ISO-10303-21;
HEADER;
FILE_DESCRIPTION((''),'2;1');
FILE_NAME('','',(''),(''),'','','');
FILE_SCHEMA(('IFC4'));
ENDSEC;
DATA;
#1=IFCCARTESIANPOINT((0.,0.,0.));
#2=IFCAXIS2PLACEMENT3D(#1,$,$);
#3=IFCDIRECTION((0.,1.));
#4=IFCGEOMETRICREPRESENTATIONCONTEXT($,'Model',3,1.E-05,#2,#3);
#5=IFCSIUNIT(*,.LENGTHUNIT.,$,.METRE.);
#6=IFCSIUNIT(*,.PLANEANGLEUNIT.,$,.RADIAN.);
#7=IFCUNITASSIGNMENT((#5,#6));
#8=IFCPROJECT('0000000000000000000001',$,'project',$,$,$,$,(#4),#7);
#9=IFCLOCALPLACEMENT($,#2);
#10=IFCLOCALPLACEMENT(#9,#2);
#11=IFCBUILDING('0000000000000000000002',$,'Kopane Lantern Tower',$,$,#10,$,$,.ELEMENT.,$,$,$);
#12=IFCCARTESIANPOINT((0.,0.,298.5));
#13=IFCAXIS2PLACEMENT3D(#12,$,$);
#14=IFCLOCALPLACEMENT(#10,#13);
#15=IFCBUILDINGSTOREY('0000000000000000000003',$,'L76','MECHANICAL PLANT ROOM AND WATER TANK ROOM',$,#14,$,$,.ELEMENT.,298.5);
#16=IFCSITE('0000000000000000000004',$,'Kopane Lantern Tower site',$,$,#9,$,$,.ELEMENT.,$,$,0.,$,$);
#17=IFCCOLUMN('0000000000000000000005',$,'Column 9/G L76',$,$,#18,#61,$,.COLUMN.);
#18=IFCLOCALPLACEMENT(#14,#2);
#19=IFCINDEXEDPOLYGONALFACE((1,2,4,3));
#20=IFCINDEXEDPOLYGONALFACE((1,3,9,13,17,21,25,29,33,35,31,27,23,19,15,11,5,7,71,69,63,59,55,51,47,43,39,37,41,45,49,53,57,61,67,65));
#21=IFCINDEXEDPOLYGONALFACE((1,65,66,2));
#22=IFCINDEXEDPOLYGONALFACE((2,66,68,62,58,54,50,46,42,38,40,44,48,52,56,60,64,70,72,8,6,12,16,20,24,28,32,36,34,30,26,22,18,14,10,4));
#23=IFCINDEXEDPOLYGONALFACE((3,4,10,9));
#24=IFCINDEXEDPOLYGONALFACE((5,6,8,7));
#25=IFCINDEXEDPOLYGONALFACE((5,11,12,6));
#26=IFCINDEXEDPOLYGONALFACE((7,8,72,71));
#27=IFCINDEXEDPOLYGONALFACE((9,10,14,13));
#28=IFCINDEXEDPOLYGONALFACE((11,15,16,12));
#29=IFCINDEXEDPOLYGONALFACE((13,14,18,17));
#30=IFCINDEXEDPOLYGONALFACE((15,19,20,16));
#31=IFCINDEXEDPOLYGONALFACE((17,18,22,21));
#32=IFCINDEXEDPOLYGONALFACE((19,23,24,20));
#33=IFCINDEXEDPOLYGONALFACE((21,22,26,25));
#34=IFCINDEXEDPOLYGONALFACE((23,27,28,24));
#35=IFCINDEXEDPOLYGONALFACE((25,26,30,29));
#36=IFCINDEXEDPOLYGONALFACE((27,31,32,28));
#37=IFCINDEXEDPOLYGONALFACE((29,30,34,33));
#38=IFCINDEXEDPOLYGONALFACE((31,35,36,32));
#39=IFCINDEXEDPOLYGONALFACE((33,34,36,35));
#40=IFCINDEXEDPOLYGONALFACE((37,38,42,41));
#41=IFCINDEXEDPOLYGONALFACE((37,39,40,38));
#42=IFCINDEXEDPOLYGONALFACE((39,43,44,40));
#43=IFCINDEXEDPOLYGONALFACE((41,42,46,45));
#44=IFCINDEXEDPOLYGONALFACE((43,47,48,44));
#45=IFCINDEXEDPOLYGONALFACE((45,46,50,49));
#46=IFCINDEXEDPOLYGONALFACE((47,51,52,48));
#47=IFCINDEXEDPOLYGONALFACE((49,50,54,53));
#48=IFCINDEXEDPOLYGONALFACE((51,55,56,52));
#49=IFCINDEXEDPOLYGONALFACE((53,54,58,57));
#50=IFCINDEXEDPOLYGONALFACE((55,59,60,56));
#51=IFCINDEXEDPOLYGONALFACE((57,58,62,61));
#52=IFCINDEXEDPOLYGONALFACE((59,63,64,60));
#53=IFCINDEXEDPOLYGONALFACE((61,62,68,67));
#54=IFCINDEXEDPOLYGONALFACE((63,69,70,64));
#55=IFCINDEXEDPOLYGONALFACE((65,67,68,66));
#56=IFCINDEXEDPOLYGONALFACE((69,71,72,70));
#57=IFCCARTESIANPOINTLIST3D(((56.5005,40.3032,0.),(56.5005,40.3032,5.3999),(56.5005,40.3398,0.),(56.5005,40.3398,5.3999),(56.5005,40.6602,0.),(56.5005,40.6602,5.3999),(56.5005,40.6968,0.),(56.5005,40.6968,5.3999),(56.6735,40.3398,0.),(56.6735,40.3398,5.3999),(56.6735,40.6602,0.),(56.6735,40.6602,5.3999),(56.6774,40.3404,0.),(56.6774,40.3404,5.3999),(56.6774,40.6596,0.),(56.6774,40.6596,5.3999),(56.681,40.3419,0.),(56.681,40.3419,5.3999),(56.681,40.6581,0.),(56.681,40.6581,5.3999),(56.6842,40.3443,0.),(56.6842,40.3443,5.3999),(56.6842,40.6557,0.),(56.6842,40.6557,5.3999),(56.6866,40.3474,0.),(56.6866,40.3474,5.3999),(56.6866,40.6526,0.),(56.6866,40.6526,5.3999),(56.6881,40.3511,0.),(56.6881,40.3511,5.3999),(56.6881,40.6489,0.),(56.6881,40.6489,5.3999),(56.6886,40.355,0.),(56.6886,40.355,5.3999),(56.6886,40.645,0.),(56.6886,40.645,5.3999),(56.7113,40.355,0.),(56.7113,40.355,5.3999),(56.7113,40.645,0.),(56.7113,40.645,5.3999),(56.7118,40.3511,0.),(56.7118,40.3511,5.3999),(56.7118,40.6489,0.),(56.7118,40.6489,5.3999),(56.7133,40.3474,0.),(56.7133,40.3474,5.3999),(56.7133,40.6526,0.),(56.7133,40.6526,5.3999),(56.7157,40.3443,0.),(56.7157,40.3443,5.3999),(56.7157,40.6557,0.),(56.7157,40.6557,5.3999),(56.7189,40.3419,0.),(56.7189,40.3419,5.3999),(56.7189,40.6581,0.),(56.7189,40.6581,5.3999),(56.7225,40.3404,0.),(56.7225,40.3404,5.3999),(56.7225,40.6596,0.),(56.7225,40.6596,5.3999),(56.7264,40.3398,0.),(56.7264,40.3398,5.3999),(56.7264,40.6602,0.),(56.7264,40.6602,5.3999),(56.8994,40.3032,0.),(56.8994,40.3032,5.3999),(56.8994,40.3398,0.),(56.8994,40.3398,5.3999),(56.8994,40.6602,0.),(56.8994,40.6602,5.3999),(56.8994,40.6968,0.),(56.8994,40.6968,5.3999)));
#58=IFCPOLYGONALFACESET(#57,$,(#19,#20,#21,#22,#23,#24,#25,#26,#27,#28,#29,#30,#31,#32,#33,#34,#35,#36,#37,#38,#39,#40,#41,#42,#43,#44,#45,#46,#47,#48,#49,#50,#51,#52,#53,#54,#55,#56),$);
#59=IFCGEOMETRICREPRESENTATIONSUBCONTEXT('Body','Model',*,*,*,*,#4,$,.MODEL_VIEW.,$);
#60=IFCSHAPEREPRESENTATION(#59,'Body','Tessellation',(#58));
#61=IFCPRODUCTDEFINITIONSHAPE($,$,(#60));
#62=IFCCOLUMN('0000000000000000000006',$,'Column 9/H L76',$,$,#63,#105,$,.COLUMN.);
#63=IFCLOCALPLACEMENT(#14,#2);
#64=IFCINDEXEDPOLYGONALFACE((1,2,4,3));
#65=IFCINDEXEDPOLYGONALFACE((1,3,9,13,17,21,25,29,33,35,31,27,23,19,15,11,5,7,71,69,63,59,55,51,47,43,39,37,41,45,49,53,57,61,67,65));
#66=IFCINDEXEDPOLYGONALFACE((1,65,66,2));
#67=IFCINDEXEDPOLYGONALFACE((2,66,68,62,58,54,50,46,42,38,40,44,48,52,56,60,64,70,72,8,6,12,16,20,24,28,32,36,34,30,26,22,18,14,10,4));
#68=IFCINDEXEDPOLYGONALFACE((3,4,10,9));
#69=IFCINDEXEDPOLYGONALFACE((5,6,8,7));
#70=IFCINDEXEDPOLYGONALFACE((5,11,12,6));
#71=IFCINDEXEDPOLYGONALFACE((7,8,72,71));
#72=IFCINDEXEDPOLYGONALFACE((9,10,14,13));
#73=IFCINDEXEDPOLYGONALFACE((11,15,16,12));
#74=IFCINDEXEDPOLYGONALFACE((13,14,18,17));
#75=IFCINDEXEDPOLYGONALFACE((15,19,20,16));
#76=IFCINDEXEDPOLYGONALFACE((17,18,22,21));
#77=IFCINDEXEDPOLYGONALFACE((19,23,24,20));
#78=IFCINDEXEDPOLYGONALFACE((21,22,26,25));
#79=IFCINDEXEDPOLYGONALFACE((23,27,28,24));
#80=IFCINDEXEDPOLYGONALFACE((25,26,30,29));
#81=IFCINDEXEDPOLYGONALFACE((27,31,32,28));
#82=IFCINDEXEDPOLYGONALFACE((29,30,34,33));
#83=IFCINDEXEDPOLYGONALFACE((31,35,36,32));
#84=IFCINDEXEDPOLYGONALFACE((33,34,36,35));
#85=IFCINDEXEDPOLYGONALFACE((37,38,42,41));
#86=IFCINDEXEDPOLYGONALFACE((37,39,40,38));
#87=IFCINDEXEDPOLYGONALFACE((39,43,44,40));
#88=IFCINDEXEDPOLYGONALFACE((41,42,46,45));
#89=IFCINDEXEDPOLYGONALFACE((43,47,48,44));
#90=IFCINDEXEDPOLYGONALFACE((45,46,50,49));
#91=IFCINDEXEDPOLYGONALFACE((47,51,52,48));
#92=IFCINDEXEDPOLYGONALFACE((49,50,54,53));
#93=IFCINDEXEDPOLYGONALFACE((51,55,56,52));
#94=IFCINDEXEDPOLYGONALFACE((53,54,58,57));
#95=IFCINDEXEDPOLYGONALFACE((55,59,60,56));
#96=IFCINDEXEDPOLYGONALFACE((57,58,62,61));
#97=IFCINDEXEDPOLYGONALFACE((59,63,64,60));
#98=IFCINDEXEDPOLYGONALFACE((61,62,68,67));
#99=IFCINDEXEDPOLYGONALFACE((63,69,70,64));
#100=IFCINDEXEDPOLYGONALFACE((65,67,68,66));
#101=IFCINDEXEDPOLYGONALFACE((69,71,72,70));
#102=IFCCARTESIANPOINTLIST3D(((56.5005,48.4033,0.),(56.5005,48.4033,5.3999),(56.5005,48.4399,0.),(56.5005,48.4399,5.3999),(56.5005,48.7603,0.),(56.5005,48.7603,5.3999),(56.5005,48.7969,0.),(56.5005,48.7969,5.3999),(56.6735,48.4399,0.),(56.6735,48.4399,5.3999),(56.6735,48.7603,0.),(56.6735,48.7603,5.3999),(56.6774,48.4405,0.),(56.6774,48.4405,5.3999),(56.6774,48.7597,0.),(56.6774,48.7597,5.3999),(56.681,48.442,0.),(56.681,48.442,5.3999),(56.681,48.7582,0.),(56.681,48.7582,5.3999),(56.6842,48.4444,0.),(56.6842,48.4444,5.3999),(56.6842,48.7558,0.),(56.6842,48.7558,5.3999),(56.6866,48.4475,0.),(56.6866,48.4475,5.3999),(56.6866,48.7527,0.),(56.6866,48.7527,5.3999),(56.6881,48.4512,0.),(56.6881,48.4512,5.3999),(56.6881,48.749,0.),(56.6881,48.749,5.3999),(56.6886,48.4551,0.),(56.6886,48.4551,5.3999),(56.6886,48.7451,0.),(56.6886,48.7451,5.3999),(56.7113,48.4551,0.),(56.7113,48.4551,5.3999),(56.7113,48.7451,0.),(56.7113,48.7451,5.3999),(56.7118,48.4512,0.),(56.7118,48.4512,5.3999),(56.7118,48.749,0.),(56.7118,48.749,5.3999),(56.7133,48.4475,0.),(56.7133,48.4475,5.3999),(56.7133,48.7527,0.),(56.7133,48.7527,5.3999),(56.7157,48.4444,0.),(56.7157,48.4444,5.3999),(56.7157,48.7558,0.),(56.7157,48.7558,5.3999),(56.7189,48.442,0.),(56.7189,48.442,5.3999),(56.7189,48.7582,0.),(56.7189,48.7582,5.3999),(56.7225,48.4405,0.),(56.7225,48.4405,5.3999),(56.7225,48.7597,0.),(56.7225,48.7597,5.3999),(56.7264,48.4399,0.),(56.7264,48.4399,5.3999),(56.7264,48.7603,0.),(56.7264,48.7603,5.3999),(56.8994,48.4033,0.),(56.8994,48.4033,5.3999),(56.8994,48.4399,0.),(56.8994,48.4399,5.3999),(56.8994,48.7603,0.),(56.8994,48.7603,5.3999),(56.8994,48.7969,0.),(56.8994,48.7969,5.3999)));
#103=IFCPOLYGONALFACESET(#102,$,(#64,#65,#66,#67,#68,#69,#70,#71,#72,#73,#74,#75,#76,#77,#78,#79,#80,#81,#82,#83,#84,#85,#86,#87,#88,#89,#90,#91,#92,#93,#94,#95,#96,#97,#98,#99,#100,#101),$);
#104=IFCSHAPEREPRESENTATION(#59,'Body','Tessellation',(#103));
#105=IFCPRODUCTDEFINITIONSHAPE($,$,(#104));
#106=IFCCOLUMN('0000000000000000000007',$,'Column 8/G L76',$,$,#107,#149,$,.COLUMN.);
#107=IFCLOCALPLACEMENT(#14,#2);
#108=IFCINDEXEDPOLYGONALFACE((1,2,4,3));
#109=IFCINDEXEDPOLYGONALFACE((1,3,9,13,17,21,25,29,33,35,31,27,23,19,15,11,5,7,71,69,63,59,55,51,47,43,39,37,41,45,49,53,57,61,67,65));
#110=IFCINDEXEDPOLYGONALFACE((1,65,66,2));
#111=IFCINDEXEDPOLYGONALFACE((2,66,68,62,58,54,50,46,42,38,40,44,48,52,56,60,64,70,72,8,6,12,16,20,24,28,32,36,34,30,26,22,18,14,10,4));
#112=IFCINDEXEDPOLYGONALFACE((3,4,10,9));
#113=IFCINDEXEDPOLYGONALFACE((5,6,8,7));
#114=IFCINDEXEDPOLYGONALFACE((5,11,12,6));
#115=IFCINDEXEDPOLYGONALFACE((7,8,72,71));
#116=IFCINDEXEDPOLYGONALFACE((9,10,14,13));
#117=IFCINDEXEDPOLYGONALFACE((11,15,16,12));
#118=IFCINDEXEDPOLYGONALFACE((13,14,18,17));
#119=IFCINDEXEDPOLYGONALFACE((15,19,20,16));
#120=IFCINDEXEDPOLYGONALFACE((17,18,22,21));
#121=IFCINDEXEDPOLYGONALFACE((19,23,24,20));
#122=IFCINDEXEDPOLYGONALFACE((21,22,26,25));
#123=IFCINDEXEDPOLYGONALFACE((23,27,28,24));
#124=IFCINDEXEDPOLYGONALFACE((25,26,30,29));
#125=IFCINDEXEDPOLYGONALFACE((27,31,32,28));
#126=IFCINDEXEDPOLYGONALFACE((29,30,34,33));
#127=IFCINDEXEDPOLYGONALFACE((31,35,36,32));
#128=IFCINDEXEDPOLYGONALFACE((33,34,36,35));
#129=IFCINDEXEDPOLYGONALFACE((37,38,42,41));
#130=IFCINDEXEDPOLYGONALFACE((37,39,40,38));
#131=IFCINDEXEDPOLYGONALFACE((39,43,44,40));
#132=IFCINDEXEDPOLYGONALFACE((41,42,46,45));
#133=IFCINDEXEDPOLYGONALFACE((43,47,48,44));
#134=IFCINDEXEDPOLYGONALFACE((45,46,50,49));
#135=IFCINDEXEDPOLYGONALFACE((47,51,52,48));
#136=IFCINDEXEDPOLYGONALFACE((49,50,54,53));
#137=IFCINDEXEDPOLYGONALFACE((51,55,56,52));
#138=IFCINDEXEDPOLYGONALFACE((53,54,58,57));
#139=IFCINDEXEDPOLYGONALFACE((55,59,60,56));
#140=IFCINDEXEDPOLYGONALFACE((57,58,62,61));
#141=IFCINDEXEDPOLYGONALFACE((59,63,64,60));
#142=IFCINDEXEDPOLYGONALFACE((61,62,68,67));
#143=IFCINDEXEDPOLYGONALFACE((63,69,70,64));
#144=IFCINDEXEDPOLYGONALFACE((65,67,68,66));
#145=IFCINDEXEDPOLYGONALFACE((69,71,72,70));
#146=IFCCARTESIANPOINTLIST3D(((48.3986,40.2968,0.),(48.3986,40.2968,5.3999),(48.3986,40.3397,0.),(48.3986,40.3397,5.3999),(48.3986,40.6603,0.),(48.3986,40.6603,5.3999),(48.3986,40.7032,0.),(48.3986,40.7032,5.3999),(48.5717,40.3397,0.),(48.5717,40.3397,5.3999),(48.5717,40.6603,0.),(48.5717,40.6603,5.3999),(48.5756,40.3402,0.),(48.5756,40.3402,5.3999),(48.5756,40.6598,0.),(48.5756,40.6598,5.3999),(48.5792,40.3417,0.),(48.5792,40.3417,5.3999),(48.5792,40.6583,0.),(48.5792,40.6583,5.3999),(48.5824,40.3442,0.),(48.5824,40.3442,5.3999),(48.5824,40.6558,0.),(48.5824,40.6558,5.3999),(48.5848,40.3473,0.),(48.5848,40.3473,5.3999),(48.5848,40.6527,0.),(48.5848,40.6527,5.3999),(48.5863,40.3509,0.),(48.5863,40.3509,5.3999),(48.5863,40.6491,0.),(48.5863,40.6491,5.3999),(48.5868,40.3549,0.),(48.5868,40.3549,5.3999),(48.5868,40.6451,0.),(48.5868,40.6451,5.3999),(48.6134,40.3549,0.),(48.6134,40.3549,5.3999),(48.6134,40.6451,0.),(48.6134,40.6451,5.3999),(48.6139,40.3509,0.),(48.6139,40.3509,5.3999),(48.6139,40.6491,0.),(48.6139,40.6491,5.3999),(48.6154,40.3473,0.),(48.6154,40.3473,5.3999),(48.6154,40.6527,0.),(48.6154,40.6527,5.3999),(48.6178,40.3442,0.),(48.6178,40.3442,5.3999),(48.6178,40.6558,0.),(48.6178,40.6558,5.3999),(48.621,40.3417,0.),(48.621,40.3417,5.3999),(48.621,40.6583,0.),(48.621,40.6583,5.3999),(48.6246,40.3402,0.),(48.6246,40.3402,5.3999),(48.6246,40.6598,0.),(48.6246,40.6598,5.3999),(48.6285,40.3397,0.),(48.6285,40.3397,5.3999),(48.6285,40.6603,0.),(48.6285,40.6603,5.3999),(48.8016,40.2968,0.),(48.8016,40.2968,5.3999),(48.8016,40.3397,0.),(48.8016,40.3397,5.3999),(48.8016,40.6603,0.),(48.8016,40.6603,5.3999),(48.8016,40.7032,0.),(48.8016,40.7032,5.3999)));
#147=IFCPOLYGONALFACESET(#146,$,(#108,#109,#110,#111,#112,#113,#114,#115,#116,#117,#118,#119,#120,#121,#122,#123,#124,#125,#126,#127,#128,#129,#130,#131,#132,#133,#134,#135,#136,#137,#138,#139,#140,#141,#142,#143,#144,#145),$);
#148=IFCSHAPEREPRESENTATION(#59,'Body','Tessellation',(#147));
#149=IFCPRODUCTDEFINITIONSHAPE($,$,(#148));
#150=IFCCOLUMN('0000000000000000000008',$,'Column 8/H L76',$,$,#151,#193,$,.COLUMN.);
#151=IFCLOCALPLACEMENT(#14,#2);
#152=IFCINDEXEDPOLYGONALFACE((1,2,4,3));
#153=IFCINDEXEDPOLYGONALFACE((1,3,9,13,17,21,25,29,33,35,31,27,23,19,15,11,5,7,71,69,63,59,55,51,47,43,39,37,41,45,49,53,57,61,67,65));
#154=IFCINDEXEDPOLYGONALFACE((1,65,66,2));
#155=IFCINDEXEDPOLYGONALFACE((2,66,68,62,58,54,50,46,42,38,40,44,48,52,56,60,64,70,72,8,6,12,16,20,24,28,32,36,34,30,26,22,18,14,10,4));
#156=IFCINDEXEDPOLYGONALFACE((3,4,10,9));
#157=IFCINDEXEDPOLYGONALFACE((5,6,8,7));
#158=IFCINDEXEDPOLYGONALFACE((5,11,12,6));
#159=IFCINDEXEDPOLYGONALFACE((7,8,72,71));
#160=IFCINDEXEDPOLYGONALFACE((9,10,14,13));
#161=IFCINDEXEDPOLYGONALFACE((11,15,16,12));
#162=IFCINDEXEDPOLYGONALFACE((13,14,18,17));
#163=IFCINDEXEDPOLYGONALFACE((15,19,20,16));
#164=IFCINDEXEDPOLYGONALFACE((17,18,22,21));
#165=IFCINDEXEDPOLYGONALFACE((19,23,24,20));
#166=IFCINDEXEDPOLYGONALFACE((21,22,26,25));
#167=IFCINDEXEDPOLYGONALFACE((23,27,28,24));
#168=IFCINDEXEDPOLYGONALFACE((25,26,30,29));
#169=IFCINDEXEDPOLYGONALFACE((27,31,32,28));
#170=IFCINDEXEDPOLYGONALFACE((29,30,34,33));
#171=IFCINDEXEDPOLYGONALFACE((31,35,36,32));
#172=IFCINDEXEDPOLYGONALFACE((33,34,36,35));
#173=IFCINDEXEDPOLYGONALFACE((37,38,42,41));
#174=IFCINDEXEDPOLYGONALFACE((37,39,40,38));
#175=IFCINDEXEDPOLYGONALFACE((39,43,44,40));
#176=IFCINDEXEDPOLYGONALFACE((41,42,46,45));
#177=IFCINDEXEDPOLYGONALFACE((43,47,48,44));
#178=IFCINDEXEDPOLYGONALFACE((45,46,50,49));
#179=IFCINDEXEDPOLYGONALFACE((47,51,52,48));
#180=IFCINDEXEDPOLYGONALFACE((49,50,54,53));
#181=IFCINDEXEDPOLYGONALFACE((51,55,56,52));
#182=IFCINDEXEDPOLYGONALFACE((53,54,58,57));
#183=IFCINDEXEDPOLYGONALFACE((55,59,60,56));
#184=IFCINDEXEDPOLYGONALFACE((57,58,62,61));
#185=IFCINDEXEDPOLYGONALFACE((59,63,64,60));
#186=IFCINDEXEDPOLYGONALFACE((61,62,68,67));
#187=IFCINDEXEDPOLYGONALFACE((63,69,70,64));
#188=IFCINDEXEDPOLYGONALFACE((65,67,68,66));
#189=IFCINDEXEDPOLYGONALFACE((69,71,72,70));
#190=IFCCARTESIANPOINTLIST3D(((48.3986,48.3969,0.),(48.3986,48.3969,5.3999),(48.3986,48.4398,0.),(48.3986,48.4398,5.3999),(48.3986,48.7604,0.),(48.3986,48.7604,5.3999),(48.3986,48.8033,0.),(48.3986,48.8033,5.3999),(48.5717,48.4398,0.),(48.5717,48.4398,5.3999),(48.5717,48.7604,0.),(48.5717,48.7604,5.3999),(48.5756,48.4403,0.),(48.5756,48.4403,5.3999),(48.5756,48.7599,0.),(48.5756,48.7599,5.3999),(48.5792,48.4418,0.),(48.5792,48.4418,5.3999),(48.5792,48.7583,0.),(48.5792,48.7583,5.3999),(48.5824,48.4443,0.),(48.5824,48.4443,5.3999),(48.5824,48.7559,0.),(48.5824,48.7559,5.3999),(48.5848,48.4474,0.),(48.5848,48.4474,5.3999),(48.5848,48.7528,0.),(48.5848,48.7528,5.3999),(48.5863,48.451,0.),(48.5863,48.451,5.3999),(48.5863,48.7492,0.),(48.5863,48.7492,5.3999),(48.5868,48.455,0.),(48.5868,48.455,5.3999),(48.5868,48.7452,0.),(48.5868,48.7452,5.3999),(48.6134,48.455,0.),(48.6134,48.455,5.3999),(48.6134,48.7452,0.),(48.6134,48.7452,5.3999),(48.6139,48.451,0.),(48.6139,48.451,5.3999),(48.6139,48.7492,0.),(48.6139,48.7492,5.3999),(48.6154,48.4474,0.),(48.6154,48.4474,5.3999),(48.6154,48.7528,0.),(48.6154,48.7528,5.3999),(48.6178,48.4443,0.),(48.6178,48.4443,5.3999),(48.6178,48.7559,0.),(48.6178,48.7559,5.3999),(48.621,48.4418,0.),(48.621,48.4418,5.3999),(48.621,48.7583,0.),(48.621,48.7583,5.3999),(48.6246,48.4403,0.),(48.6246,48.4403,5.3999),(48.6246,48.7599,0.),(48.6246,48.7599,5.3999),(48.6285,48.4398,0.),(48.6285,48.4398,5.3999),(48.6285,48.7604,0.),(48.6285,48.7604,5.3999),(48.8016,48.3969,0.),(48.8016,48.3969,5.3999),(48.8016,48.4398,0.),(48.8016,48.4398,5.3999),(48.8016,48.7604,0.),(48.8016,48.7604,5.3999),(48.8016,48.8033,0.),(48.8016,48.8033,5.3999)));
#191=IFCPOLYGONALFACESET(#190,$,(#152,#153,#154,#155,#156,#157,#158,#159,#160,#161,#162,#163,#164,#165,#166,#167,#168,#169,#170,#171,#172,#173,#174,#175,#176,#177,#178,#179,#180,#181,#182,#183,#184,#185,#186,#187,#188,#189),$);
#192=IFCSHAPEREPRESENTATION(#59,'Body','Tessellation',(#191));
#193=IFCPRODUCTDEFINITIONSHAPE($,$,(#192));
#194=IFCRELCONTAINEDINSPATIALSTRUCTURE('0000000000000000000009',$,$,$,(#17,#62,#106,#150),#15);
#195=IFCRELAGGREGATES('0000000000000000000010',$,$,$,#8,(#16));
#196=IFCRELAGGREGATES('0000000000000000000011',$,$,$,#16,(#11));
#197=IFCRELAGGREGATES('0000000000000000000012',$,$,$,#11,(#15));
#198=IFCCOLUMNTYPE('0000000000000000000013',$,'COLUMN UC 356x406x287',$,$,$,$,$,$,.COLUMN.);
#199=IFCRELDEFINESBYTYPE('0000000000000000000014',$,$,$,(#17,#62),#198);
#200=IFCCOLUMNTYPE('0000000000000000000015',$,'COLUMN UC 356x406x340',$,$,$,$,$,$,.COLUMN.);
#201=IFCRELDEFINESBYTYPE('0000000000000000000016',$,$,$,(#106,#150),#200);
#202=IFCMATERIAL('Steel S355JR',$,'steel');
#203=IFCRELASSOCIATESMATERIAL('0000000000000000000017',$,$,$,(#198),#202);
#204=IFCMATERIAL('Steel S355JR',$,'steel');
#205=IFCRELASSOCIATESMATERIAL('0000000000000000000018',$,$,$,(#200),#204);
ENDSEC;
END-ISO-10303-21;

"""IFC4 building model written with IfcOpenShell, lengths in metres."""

from ifc_helpers import new_model, si_unit, direction, frame, origin, origin_2d, place, context, subcontext, project, spatial, i_section, extrude, material, material_profile, profile_set, type_object, element, save


model = new_model("IFC4")

# Units and contexts
model_context = context("Model", 3, precision=1e-05, world=origin(), true_north=direction((0.0, 1.0)))
body_context = subcontext(model_context, "Body", "Model", "MODEL_VIEW")
ifc_project = project(units=[si_unit("LENGTHUNIT", "METRE"), si_unit("PLANEANGLEUNIT", "RADIAN")], contexts=[model_context])

# Site, building, storey
site_placement = place(None, origin())
site = spatial("IfcSite", under=ifc_project, at=site_placement, Name="Kopane Lantern Tower site", CompositionType="ELEMENT", RefElevation=0.0)
building_placement = place(site_placement, origin())
building = spatial("IfcBuilding", under=site, at=building_placement, Name="Kopane Lantern Tower", CompositionType="ELEMENT")
storey_placement = place(building_placement, frame((0.0, 0.0, 298.5)))
storey = spatial("IfcBuildingStorey", under=building, at=storey_placement, Name="L76", Description="MECHANICAL PLANT ROOM AND WATER TANK ROOM", CompositionType="ELEMENT", Elevation=298.5)

# Columns
ifc_material_1 = material(Name="Steel S355JR", Category="steel")
ifc_material_profile_1 = material_profile(ifc_material_1, i_section(OverallWidth=0.3989, OverallDepth=0.3936, WebThickness=0.0227, FlangeThickness=0.0366, FilletRadius=0.0151, at=origin_2d()), Name="UC 356x406x287")
ifc_profile_set_1 = profile_set([ifc_material_profile_1], Name="Steel S355JR")
column_type_1 = type_object("IfcColumnType", Name="COLUMN UC 356x406x287", PredefinedType="COLUMN", material=ifc_profile_set_1)
for number, where, z_axis, x_axis, name in (
    (1, (56.7, 40.5, 0.0), (0.0, 0.0, 1.0), (1.0, 0.0, 0.0), "Column 9/G L76"),
    (2, (56.7, 48.6001, 0.0), (0.0, 0.0, 1.0), (1.0, 0.0, 0.0), "Column 9/H L76"),
):
    element("IfcColumn", number, at=place(storey_placement, frame(where, z_axis=z_axis, x_axis=x_axis)), inside=storey, type_object=column_type_1, Name=name, PredefinedType="COLUMN", context=body_context, shape_type="SweptSolid", body=[
        extrude(i_section(OverallWidth=0.3989, OverallDepth=0.3936, WebThickness=0.0227, FlangeThickness=0.0366, FilletRadius=0.0151, at=origin_2d()), origin(), (0.0, 0.0, 1.0), 5.3999),
    ])
ifc_material_2 = material(Name="Steel S355JR", Category="steel")
ifc_material_profile_2 = material_profile(ifc_material_2, i_section(OverallWidth=0.4031, OverallDepth=0.4065, WebThickness=0.0266, FlangeThickness=0.043, FilletRadius=0.0151, at=origin_2d()), Name="UC 356x406x340")
ifc_profile_set_2 = profile_set([ifc_material_profile_2], Name="Steel S355JR")
column_type_2 = type_object("IfcColumnType", Name="COLUMN UC 356x406x340", PredefinedType="COLUMN", material=ifc_profile_set_2)
for number, where, z_axis, x_axis, name in (
    (3, (48.6001, 40.5, 0.0), (0.0, 0.0, 1.0), (1.0, 0.0, 0.0), "Column 8/G L76"),
    (4, (48.6001, 48.6001, 0.0), (0.0, 0.0, 1.0), (1.0, 0.0, 0.0), "Column 8/H L76"),
):
    element("IfcColumn", number, at=place(storey_placement, frame(where, z_axis=z_axis, x_axis=x_axis)), inside=storey, type_object=column_type_2, Name=name, PredefinedType="COLUMN", context=body_context, shape_type="SweptSolid", body=[
        extrude(i_section(OverallWidth=0.4031, OverallDepth=0.4065, WebThickness=0.0266, FlangeThickness=0.043, FilletRadius=0.0151, at=origin_2d()), origin(), (0.0, 0.0, 1.0), 5.3999),
    ])

save(model, "model.ifc")
